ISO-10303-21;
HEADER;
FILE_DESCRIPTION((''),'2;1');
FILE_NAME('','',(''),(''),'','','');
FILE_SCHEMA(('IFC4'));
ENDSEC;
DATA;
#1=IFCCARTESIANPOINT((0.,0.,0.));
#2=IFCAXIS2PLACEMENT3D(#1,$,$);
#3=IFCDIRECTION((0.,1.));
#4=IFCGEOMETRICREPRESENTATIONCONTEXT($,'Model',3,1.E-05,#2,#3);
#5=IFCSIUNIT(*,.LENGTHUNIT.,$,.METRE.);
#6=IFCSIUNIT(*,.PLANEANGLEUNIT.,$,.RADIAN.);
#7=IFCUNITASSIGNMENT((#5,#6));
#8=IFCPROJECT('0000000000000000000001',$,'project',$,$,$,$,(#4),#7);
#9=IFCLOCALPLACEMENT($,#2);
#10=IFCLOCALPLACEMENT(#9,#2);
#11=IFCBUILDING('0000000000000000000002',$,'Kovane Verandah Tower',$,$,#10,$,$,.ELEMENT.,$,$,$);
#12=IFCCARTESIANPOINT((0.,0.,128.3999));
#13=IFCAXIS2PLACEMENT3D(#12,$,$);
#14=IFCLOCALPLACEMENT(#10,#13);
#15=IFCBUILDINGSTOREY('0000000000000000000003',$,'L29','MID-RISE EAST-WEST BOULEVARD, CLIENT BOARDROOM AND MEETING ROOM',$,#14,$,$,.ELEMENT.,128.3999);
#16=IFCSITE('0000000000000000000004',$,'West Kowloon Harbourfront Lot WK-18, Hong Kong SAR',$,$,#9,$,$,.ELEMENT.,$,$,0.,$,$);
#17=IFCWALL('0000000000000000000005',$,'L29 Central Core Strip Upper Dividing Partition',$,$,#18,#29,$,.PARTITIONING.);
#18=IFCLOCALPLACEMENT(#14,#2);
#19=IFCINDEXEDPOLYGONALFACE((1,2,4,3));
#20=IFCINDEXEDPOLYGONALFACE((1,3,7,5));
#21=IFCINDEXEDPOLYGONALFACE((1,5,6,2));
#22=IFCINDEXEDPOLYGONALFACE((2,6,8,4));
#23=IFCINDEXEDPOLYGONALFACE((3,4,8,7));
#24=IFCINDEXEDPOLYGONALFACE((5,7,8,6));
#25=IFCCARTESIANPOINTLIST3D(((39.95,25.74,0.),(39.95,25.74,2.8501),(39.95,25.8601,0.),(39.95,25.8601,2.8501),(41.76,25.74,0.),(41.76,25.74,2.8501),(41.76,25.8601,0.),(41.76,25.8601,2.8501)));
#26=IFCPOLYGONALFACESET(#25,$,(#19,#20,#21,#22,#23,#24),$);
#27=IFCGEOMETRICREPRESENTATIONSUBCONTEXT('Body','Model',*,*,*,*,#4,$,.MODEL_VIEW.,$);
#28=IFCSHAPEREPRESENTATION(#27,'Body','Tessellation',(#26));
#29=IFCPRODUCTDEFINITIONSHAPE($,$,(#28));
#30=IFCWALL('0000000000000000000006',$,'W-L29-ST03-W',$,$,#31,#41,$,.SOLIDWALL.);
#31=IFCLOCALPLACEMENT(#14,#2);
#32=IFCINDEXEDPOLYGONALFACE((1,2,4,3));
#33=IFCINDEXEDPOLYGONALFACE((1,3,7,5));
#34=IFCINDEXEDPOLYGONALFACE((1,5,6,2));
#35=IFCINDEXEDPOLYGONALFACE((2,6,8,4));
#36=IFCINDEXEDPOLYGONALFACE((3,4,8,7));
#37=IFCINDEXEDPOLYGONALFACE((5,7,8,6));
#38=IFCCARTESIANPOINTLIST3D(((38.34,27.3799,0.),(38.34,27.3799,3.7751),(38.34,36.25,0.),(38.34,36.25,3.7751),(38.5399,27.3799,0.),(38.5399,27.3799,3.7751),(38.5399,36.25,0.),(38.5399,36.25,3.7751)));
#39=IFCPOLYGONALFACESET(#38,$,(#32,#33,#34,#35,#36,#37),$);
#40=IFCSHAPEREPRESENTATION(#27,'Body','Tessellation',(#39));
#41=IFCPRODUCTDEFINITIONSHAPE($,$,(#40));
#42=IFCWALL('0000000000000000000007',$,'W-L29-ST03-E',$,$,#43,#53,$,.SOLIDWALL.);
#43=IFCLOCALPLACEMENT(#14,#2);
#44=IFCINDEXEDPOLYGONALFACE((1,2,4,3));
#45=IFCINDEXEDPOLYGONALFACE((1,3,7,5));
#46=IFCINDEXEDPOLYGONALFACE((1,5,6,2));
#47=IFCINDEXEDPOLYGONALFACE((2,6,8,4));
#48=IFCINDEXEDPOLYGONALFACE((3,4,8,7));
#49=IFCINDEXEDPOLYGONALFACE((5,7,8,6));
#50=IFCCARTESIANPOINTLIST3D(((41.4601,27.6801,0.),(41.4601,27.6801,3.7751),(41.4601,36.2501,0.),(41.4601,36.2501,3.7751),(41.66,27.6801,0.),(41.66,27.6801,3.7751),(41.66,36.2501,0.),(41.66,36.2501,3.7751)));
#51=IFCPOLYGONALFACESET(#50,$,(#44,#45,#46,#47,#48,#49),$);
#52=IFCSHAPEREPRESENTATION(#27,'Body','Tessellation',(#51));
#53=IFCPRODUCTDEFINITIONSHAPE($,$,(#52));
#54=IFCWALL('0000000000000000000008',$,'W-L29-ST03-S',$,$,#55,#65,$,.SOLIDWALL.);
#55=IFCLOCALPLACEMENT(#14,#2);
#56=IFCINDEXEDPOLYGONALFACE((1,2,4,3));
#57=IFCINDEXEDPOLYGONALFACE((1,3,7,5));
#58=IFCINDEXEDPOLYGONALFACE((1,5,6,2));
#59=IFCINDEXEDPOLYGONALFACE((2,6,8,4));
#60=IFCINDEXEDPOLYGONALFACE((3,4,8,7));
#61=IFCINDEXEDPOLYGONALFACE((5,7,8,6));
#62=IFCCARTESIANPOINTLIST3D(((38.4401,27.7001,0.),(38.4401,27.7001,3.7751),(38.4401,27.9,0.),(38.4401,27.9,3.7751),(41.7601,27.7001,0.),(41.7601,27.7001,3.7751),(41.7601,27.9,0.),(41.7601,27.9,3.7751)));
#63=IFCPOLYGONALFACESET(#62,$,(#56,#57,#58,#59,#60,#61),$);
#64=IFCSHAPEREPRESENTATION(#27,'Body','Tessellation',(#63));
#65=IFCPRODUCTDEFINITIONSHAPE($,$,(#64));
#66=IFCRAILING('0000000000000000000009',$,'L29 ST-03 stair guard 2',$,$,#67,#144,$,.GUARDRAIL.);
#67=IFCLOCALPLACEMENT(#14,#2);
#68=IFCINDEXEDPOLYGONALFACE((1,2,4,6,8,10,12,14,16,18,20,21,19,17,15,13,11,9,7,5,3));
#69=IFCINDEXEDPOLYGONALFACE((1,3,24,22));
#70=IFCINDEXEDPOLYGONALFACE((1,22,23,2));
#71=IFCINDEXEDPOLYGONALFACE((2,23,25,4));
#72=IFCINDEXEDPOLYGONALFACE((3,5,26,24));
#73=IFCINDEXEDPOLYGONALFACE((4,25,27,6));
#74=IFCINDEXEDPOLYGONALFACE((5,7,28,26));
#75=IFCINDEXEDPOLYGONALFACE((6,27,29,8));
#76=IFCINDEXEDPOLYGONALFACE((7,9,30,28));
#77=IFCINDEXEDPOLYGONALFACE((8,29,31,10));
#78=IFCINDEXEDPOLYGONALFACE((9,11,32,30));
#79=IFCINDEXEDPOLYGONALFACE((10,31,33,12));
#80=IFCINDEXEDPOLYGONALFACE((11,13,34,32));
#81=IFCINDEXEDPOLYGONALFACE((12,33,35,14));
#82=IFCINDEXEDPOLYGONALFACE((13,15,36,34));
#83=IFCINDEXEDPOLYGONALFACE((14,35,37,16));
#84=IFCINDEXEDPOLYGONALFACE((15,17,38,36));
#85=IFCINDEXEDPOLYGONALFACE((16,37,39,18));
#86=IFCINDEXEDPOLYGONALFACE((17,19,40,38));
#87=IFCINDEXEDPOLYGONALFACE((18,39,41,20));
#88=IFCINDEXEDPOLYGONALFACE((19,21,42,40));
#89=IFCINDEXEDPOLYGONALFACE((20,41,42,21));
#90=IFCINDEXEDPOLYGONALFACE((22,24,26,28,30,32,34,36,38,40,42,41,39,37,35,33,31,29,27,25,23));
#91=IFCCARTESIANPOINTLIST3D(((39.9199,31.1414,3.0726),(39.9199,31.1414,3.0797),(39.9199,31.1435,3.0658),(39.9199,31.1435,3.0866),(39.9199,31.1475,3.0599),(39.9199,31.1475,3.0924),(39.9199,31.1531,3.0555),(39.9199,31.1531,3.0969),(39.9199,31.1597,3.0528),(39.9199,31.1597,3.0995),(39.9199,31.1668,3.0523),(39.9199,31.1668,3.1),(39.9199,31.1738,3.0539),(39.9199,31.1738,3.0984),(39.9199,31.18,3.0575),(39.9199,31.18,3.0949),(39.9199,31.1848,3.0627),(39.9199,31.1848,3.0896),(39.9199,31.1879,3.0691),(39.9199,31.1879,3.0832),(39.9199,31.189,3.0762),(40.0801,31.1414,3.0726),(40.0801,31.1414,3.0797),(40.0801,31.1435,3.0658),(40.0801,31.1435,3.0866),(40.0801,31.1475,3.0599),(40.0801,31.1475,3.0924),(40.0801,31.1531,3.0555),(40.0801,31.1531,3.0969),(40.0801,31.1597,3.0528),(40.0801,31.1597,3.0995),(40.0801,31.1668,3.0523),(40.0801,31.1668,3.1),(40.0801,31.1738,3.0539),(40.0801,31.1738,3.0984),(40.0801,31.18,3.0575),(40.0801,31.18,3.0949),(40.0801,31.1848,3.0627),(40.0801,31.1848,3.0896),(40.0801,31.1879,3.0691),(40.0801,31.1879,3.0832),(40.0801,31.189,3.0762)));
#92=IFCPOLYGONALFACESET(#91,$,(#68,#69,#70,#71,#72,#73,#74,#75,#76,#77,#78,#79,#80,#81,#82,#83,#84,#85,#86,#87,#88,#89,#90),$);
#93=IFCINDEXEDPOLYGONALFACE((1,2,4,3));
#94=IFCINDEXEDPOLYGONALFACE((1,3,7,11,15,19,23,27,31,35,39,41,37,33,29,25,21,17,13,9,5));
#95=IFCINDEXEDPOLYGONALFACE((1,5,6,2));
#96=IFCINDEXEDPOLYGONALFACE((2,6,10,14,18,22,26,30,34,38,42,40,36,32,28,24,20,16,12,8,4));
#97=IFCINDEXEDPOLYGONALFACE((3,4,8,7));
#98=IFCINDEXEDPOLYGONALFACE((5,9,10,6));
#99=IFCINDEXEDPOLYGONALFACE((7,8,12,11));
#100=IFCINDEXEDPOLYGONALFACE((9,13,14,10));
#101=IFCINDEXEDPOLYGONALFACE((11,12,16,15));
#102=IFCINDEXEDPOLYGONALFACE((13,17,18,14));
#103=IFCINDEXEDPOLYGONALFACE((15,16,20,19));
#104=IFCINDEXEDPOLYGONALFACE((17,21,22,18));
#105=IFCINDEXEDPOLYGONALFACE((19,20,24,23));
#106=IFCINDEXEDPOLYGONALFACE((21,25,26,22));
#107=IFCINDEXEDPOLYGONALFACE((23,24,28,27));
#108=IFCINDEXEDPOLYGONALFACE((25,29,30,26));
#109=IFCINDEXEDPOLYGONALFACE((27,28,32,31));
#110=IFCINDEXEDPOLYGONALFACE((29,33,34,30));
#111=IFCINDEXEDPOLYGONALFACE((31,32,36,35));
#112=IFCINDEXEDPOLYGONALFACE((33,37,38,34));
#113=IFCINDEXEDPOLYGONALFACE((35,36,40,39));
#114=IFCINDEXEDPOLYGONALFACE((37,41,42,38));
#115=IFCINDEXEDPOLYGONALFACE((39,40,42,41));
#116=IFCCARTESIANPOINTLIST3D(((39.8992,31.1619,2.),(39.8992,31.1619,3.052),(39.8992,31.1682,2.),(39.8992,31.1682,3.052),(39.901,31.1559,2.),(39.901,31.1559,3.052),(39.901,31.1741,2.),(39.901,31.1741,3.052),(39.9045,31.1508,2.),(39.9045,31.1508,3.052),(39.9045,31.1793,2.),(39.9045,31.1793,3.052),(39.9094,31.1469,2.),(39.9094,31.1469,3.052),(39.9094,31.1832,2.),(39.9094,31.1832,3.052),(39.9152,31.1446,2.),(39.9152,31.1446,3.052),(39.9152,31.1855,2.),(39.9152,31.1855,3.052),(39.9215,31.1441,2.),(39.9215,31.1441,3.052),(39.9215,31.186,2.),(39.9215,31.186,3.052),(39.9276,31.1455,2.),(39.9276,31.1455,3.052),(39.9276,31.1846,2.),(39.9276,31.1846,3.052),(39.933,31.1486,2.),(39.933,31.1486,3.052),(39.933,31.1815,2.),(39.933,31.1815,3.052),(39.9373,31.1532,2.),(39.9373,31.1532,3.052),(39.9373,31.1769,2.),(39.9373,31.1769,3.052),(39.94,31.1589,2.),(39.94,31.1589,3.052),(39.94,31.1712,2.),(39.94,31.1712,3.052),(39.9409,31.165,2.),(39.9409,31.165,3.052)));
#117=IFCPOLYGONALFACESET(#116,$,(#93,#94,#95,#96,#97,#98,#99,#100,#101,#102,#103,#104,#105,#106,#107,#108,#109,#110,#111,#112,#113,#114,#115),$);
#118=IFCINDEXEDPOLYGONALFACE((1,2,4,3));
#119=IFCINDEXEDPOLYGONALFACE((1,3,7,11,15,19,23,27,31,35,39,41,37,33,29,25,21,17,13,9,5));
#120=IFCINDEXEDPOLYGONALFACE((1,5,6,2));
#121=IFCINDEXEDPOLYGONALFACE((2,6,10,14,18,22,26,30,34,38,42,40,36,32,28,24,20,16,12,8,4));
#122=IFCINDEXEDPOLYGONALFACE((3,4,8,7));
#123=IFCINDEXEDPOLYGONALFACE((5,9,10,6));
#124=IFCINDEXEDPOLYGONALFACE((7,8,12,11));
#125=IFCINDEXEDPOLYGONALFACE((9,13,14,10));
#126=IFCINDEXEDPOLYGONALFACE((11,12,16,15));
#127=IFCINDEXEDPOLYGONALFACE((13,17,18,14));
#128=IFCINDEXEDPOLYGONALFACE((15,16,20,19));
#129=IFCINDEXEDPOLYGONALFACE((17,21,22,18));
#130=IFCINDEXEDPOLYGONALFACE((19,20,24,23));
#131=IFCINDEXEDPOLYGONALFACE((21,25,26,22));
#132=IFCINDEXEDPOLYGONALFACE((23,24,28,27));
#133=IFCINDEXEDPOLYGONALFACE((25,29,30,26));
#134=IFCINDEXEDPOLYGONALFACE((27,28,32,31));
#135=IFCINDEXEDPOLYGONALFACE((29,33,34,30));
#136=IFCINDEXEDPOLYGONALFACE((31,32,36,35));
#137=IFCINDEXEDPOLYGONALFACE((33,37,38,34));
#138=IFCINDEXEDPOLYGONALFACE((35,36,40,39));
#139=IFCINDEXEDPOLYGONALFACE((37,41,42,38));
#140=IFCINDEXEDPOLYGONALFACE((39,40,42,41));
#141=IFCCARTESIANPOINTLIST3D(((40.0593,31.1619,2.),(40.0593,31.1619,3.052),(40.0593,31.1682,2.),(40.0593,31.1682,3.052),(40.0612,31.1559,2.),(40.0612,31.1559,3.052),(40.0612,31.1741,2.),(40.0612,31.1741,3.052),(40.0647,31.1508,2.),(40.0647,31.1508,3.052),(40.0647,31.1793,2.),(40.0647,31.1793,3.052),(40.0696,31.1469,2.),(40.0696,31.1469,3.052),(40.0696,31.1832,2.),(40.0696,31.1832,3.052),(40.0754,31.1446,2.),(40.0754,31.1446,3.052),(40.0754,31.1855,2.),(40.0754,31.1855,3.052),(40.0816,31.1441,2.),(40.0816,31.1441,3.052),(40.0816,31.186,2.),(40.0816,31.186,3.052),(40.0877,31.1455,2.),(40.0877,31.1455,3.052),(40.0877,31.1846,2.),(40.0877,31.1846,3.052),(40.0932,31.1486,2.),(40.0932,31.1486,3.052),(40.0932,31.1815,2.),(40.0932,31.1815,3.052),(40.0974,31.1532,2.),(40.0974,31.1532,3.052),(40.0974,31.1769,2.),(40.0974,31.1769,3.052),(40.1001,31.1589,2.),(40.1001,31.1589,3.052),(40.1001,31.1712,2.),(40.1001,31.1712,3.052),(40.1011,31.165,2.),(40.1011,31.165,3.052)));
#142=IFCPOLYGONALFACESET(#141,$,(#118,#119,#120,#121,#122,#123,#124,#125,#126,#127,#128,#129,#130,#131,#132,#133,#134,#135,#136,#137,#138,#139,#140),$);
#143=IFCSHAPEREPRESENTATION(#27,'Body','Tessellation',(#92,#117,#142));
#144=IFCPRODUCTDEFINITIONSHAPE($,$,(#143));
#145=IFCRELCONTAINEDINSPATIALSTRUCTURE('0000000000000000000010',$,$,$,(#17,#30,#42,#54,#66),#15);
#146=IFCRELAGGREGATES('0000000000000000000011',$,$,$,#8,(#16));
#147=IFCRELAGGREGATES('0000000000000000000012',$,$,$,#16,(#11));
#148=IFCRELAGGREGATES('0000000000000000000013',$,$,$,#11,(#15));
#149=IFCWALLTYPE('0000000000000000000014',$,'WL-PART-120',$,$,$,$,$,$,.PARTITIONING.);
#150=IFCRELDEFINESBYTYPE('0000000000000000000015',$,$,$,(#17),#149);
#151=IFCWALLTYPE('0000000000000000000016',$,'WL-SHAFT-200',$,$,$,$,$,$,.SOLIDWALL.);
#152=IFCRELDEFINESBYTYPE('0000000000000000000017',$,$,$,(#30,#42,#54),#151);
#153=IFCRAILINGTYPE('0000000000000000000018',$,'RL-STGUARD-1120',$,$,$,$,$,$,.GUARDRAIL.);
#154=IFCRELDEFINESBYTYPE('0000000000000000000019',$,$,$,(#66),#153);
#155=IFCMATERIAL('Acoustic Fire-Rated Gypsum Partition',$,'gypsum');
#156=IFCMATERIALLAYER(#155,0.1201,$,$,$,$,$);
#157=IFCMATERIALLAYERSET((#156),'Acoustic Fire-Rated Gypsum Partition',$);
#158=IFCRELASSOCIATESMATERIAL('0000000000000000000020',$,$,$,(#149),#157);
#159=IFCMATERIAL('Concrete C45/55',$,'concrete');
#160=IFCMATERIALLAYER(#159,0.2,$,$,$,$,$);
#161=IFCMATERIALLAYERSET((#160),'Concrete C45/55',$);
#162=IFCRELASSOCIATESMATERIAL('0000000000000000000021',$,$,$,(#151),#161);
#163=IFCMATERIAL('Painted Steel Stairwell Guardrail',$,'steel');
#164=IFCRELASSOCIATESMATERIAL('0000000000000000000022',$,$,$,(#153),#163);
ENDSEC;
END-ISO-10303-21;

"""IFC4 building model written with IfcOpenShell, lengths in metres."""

from ifc_helpers import new_model, si_unit, direction, frame, frame_2d, origin, origin_2d, place, context, subcontext, project, spatial, rectangle, circle, extrude, material, layer, layer_set, type_object, element, save


model = new_model("IFC4")

# Units and contexts
model_context = context("Model", 3, precision=1e-05, world=origin(), true_north=direction((0.0, 1.0)))
body_context = subcontext(model_context, "Body", "Model", "MODEL_VIEW")
ifc_project = project(units=[si_unit("LENGTHUNIT", "METRE"), si_unit("PLANEANGLEUNIT", "RADIAN")], contexts=[model_context])

# Site, building, storey
site_placement = place(None, origin())
site = spatial("IfcSite", under=ifc_project, at=site_placement, Name="West Kowloon Harbourfront Lot WK-18, Hong Kong SAR", CompositionType="ELEMENT", RefElevation=0.0)
building_placement = place(site_placement, origin())
building = spatial("IfcBuilding", under=site, at=building_placement, Name="Kovane Verandah Tower", CompositionType="ELEMENT")
storey_placement = place(building_placement, frame((0.0, 0.0, 128.3999)))
storey = spatial("IfcBuildingStorey", under=building, at=storey_placement, Name="L29", Description="MID-RISE EAST-WEST BOULEVARD, CLIENT BOARDROOM AND MEETING ROOM", CompositionType="ELEMENT", Elevation=128.3999)

# Walls
ifc_material_1 = material(Name="Acoustic Fire-Rated Gypsum Partition", Category="gypsum")
ifc_layer_1 = layer(ifc_material_1, 0.1201)
ifc_layer_set_1 = layer_set([ifc_layer_1], Name="Acoustic Fire-Rated Gypsum Partition")
wall_type_1 = type_object("IfcWallType", Name="WL-PART-120", PredefinedType="PARTITIONING", material=ifc_layer_set_1)
wall_1_placement = place(storey_placement, frame((39.95, 25.8, 0.0), z_axis=(0.0, 0.0, 1.0), x_axis=(1.0, 0.0, 0.0)))
element("IfcWall", 1, at=wall_1_placement, inside=storey, type_object=wall_type_1, Name="L29 Central Core Strip Upper Dividing Partition", PredefinedType="PARTITIONING", context=body_context, shape_type="SweptSolid", body=[
    extrude(rectangle(XDim=1.8101, YDim=0.1201, at=frame_2d((0.905, 0.0))), origin(), (0.0, 0.0, 1.0), 2.8501),
])
ifc_material_2 = material(Name="Concrete C45/55", Category="concrete")
ifc_layer_2 = layer(ifc_material_2, 0.2)
ifc_layer_set_2 = layer_set([ifc_layer_2], Name="Concrete C45/55")
wall_type_2 = type_object("IfcWallType", Name="WL-SHAFT-200", PredefinedType="SOLIDWALL", material=ifc_layer_set_2)
wall_2_placement = place(storey_placement, frame((38.4399, 27.3799, 0.0), z_axis=(0.0, 0.0, 1.0), x_axis=(0.0, 1.0, 0.0)))
element("IfcWall", 2, at=wall_2_placement, inside=storey, type_object=wall_type_2, Name="W-L29-ST03-W", PredefinedType="SOLIDWALL", context=body_context, shape_type="SweptSolid", body=[
    extrude(rectangle(XDim=8.8701, YDim=0.2, at=frame_2d((4.4351, 0.0))), origin(), (0.0, 0.0, 1.0), 3.7751),
])
wall_3_placement = place(storey_placement, frame((41.5601, 27.6799, 0.0), z_axis=(0.0, 0.0, 1.0), x_axis=(0.0, 1.0, 0.0)))
element("IfcWall", 3, at=wall_3_placement, inside=storey, type_object=wall_type_2, Name="W-L29-ST03-E", PredefinedType="SOLIDWALL", context=body_context, shape_type="SweptSolid", body=[
    extrude(rectangle(XDim=8.5701, YDim=0.2, at=frame_2d((4.2852, 0.0))), origin(), (0.0, 0.0, 1.0), 3.7751),
])
wall_4_placement = place(storey_placement, frame((38.4399, 27.8, 0.0), z_axis=(0.0, 0.0, 1.0), x_axis=(1.0, 0.0, 0.0)))
element("IfcWall", 4, at=wall_4_placement, inside=storey, type_object=wall_type_2, Name="W-L29-ST03-S", PredefinedType="SOLIDWALL", context=body_context, shape_type="SweptSolid", body=[
    extrude(rectangle(XDim=3.3201, YDim=0.2, at=frame_2d((1.6602, 0.0))), origin(), (0.0, 0.0, 1.0), 3.7751),
])

# Railing
ifc_material_3 = material(Name="Painted Steel Stairwell Guardrail", Category="steel")
railing_type = type_object("IfcRailingType", Name="RL-STGUARD-1120", PredefinedType="GUARDRAIL", material=ifc_material_3)
railing_1_placement = place(storey_placement, frame((39.9199, 31.165, 2.0)))
element("IfcRailing", 5, at=railing_1_placement, inside=storey, type_object=railing_type, Name="L29 ST-03 stair guard 2", PredefinedType="GUARDRAIL", context=body_context, shape_type="SweptSolid", body=[
    extrude(circle(Radius=0.0239, at=origin_2d()), frame((0.0, 0.0, 1.0762), z_axis=(1.0, 0.0, 0.0), x_axis=(0.0, 1.0, 0.0)), (0.0, 0.0, 1.0), 0.1602),
    extrude(circle(Radius=0.021, at=origin_2d()), origin(), (0.0, 0.0, 1.0), 1.052),
    extrude(circle(Radius=0.021, at=origin_2d()), frame((0.1602, 0.0, 0.0)), (0.0, 0.0, 1.0), 1.052),
])

save(model, "model.ifc")
